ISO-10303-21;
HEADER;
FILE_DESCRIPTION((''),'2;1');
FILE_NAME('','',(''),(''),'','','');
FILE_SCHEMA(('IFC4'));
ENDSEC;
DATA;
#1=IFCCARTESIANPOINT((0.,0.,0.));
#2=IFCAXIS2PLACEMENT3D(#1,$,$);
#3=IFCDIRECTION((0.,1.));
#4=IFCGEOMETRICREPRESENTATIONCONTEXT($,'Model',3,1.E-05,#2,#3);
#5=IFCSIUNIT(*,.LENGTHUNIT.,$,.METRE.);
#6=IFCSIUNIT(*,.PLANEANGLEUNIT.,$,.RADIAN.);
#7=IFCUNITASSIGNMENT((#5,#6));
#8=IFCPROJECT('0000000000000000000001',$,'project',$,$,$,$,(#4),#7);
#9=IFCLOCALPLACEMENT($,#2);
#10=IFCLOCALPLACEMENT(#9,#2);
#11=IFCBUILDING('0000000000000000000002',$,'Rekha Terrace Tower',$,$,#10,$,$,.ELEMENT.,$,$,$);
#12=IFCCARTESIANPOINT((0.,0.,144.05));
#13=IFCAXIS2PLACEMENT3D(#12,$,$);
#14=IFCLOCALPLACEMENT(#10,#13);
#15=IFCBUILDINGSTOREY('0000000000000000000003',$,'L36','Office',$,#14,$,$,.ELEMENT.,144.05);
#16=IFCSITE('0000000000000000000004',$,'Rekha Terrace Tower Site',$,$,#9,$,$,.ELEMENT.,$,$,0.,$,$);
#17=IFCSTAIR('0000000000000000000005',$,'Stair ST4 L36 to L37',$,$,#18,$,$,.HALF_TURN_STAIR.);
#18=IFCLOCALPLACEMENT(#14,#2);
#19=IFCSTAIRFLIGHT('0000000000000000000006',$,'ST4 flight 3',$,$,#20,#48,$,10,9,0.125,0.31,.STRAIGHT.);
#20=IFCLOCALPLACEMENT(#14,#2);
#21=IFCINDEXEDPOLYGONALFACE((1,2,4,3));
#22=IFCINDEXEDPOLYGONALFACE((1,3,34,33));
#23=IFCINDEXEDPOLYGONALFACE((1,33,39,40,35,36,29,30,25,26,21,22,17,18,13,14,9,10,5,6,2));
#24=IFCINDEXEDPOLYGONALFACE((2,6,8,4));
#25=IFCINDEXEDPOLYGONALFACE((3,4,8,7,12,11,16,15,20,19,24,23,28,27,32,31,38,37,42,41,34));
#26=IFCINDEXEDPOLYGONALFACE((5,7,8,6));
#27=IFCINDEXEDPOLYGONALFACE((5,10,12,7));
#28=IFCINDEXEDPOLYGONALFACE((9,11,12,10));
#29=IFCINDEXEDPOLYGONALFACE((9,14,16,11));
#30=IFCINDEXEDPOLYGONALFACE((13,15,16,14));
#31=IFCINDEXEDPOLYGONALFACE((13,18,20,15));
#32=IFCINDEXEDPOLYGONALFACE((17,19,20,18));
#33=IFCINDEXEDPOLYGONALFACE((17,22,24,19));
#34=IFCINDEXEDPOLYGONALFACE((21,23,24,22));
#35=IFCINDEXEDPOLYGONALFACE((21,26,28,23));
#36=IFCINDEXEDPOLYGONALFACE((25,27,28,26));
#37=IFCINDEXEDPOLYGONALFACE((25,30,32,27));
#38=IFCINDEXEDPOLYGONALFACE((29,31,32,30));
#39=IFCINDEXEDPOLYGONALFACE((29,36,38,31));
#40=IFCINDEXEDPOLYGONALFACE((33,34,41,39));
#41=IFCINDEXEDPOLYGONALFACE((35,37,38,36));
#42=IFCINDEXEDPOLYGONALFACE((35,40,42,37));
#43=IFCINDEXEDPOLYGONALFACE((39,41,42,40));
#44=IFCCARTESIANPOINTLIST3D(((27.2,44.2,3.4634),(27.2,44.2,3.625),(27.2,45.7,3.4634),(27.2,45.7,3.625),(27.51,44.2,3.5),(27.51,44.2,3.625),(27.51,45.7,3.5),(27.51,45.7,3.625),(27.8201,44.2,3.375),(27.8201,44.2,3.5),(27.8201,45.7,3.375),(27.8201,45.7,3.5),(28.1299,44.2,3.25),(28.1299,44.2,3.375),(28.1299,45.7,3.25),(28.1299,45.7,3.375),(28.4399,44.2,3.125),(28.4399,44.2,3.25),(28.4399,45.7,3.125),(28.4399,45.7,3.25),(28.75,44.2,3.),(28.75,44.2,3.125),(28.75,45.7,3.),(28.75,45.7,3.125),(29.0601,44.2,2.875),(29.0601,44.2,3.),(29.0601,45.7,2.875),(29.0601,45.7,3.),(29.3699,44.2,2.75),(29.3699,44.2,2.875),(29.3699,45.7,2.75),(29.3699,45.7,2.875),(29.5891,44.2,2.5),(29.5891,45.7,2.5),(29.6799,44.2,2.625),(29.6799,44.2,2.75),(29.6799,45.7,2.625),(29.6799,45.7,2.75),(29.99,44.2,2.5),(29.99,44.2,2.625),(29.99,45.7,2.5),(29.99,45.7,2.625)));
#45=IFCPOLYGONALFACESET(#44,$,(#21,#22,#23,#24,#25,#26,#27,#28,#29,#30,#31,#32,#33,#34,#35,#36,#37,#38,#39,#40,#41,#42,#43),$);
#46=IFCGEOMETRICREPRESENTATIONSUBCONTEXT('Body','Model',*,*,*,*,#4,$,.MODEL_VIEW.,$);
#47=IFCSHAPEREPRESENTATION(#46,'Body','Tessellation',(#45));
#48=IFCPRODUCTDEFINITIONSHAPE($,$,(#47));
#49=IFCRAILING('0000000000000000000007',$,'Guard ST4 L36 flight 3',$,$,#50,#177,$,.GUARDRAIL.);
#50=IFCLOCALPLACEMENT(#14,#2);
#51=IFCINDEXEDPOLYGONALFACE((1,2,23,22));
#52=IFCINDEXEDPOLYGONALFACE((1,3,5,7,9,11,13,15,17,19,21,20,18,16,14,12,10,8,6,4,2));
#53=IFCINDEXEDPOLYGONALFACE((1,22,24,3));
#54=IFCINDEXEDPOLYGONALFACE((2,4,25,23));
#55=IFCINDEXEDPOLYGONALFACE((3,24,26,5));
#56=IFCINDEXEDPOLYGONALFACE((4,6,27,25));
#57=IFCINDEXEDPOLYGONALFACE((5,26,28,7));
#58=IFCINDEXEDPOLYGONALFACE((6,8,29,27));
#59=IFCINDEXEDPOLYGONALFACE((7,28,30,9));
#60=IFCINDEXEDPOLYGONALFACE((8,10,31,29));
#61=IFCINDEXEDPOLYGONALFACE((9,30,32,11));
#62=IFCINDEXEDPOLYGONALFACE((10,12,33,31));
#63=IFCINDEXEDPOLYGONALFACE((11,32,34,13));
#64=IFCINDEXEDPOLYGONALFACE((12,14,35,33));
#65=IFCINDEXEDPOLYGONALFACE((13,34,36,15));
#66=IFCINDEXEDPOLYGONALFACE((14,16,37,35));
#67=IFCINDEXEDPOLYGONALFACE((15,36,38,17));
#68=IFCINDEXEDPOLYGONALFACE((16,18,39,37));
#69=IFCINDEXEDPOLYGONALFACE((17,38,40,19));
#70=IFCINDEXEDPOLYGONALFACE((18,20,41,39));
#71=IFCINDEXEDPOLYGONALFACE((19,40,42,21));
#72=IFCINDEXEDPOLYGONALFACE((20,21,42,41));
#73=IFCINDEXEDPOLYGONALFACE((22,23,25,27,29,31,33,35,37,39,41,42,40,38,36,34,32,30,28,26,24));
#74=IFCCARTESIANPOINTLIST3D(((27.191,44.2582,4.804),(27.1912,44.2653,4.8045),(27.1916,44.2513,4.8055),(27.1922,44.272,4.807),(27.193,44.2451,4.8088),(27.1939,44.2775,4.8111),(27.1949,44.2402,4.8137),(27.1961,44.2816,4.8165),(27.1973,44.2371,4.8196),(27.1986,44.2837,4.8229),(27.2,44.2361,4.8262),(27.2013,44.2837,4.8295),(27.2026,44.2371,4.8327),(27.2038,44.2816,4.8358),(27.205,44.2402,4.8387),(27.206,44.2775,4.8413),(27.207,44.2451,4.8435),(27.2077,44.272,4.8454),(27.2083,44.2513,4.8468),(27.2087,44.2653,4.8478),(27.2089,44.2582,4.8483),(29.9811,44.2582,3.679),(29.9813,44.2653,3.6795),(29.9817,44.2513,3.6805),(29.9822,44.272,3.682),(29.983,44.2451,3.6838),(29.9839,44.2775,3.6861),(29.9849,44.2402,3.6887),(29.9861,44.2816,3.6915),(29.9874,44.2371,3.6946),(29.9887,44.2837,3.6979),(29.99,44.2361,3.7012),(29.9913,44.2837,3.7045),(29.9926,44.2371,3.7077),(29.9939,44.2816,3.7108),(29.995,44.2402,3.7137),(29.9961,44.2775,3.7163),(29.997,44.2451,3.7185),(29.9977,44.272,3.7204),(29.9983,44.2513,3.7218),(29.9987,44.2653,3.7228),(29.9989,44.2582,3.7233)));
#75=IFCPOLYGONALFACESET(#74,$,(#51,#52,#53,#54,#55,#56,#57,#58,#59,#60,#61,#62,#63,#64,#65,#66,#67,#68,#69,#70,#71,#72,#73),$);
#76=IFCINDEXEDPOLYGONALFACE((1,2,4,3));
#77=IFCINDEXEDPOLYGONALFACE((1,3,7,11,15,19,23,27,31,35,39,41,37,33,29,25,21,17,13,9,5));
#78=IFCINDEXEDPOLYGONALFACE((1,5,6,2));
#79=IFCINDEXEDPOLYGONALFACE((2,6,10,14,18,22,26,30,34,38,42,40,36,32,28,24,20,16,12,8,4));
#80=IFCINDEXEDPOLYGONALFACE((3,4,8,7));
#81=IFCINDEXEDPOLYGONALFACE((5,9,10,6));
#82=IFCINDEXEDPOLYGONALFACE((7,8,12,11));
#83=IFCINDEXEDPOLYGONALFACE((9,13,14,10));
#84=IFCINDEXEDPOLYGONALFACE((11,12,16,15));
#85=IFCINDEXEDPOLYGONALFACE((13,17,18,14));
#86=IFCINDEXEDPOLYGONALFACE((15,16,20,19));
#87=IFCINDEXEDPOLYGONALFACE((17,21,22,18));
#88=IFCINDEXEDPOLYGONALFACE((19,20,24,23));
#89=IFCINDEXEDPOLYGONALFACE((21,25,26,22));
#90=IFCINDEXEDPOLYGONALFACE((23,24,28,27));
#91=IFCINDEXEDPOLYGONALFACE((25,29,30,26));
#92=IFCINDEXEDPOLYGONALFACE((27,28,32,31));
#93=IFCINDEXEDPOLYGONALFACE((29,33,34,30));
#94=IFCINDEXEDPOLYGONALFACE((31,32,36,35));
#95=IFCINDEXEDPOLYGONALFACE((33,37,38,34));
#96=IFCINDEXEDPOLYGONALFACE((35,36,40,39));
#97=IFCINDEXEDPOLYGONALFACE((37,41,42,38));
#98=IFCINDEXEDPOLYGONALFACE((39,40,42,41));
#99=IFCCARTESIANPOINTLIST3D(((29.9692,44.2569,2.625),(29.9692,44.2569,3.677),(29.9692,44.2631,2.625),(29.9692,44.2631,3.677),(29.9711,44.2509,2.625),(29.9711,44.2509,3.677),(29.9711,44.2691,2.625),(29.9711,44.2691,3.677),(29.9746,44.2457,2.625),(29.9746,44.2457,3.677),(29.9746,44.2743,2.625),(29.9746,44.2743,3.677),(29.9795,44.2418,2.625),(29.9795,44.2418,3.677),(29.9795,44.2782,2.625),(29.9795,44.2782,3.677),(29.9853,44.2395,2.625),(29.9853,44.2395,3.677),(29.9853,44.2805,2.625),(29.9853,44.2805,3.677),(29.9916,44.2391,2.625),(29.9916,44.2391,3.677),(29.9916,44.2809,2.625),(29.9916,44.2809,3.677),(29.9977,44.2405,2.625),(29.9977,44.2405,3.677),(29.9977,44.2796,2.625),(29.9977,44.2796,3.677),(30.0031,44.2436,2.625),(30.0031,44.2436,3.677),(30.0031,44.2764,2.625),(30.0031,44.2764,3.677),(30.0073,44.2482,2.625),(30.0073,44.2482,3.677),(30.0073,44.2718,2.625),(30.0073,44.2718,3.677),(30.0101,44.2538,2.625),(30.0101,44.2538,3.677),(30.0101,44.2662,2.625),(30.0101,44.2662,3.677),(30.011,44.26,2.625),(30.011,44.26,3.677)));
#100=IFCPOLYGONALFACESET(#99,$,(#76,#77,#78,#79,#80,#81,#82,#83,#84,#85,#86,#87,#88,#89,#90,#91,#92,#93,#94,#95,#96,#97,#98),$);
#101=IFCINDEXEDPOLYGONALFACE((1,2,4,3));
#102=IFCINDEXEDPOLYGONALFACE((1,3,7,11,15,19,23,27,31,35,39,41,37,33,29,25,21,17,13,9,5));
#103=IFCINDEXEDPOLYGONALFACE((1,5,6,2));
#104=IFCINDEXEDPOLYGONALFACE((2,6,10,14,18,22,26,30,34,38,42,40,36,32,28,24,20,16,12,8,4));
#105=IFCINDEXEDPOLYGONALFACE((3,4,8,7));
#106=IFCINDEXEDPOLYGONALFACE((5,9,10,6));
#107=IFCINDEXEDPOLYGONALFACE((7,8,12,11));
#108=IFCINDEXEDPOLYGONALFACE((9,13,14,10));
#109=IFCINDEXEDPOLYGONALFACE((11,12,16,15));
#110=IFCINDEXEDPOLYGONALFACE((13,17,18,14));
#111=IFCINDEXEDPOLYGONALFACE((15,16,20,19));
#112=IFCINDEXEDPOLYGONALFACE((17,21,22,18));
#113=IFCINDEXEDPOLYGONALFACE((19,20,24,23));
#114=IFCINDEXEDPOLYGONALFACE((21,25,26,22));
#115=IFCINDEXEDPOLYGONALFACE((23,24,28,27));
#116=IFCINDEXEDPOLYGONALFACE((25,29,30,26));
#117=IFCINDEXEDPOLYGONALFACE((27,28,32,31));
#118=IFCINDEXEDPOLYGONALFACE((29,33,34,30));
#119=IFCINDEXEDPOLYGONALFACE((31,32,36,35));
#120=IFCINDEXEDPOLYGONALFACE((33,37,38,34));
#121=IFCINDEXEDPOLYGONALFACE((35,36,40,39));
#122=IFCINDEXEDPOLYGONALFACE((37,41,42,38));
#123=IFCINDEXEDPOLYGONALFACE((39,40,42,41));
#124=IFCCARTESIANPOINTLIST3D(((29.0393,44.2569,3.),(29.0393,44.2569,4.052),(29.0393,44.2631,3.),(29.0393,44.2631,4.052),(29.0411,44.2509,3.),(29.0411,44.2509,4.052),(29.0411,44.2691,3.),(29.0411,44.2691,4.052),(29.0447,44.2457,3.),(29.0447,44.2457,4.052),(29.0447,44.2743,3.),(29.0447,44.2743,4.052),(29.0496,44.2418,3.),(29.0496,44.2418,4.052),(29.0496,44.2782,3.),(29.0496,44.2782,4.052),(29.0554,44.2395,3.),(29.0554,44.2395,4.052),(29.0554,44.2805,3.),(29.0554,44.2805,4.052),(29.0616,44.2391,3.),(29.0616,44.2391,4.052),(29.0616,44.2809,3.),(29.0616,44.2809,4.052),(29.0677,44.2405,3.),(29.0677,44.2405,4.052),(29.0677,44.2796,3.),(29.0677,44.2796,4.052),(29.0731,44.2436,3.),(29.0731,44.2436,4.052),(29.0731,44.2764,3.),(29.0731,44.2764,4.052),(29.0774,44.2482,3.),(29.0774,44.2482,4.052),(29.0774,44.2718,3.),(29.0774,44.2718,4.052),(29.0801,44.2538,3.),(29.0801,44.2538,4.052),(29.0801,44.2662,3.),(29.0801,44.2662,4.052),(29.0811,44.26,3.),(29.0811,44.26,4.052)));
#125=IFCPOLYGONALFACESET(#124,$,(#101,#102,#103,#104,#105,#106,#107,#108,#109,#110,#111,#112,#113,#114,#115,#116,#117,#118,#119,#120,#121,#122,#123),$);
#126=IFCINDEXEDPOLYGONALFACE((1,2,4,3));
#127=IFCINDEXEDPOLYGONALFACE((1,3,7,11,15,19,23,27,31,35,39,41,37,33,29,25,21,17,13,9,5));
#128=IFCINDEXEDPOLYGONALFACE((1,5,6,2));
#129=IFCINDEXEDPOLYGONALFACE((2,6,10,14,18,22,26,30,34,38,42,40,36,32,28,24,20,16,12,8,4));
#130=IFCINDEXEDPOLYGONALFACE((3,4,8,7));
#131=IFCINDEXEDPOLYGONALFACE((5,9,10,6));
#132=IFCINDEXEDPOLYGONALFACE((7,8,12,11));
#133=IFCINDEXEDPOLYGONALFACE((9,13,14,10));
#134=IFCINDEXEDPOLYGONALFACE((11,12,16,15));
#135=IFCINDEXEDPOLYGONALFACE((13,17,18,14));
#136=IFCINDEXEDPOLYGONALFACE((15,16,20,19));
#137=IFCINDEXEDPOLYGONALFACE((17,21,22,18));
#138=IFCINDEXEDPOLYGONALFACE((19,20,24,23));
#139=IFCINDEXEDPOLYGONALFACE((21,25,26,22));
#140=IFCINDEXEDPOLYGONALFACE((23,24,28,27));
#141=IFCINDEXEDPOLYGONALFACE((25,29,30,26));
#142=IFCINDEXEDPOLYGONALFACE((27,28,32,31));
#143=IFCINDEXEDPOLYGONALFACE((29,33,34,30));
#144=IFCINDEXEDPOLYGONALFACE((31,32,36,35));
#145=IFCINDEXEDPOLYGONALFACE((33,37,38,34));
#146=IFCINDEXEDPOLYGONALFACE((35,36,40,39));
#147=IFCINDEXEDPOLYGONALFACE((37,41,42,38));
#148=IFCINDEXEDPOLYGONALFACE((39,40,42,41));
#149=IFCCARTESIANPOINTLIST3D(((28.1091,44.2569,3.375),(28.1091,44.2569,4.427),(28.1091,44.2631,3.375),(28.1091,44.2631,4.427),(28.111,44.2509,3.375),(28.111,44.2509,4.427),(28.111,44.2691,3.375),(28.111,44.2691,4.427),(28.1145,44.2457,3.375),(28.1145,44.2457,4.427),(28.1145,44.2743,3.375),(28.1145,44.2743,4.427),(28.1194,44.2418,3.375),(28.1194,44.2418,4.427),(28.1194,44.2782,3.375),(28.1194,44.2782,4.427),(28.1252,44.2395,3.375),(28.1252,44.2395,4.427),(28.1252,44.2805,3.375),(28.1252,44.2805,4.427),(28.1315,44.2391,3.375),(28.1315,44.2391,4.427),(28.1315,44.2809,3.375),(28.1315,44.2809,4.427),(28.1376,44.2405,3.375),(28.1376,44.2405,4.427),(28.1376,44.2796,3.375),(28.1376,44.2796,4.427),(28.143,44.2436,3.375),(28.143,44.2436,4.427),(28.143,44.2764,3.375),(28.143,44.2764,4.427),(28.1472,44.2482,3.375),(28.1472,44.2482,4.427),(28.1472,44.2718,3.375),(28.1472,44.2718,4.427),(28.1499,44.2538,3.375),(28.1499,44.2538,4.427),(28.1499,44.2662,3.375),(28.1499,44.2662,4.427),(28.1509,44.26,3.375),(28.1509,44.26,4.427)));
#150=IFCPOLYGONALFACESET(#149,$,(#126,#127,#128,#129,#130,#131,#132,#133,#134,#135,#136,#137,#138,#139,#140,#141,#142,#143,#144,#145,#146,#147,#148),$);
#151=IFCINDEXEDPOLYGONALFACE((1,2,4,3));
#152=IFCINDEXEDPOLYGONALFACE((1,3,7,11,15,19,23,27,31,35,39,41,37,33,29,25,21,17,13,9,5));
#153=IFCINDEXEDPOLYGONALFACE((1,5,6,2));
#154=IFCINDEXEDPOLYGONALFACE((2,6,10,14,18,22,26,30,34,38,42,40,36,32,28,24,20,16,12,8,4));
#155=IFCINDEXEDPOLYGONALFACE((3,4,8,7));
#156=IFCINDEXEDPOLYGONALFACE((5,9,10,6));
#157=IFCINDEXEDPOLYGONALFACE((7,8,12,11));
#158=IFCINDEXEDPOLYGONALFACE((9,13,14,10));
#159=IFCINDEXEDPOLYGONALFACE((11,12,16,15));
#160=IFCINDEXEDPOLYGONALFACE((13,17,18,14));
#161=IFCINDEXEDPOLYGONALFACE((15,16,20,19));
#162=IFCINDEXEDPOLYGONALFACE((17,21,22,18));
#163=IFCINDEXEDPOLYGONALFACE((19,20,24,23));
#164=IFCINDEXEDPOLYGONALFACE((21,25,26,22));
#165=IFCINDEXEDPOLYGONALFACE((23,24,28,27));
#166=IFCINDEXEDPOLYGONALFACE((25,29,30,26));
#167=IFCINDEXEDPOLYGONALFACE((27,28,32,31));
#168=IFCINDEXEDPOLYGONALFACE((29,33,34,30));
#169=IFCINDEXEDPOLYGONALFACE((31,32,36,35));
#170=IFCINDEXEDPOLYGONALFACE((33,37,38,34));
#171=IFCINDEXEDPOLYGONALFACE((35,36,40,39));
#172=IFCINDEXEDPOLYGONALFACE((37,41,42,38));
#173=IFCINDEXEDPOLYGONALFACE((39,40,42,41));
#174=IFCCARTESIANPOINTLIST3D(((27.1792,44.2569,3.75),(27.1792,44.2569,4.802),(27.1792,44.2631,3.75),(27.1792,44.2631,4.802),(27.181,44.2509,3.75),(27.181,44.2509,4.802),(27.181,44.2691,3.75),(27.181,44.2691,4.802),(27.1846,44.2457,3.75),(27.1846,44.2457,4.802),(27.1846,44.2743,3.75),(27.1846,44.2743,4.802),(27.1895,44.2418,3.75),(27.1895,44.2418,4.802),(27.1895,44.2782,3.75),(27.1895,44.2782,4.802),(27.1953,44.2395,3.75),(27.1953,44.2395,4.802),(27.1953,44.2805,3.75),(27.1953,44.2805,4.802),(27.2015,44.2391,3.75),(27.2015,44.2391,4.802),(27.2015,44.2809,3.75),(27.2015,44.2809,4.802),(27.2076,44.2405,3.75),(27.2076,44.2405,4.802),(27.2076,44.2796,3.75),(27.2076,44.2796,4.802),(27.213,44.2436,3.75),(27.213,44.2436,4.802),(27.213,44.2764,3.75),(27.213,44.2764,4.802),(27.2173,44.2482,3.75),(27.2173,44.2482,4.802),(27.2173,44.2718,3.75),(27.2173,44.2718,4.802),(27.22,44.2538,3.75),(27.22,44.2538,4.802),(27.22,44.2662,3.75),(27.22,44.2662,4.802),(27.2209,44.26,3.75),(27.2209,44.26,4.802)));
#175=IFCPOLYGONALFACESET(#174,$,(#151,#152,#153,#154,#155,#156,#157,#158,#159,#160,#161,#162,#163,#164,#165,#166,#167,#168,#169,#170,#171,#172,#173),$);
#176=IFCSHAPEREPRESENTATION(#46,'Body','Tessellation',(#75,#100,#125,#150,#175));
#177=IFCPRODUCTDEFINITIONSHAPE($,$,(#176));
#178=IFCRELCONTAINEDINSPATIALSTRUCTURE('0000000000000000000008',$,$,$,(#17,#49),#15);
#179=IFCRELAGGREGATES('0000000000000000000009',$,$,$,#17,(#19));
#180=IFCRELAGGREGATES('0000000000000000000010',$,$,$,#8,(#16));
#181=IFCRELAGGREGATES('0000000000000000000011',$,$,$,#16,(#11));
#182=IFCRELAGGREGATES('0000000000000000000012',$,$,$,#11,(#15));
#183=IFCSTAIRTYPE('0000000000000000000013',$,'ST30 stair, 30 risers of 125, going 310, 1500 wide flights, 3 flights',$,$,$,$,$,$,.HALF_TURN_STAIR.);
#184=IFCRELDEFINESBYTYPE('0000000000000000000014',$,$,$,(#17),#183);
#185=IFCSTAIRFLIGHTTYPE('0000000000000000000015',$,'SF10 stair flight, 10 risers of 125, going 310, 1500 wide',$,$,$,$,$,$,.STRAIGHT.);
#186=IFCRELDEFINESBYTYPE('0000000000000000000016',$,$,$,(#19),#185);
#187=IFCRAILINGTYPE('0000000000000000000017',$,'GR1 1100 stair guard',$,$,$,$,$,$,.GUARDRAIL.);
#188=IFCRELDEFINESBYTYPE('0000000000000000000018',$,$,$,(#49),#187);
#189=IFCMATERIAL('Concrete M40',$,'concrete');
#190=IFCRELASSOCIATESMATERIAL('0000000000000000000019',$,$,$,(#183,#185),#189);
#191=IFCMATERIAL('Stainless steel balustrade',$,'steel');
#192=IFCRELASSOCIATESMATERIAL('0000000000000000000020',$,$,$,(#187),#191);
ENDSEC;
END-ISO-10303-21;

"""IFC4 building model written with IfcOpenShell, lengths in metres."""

from ifc_helpers import new_model, si_unit, direction, frame, origin, origin_2d, place, context, subcontext, project, spatial, polyline, circle, outline, extrude, material, type_object, element, aggregate, save


model = new_model("IFC4")

# Units and contexts
model_context = context("Model", 3, precision=1e-05, world=origin(), true_north=direction((0.0, 1.0)))
body_context = subcontext(model_context, "Body", "Model", "MODEL_VIEW")
ifc_project = project(units=[si_unit("LENGTHUNIT", "METRE"), si_unit("PLANEANGLEUNIT", "RADIAN")], contexts=[model_context])

# Site, building, storey
site_placement = place(None, origin())
site = spatial("IfcSite", under=ifc_project, at=site_placement, Name="Rekha Terrace Tower Site", CompositionType="ELEMENT", RefElevation=0.0)
building_placement = place(site_placement, origin())
building = spatial("IfcBuilding", under=site, at=building_placement, Name="Rekha Terrace Tower", CompositionType="ELEMENT")
storey_placement = place(building_placement, frame((0.0, 0.0, 144.05)))
storey = spatial("IfcBuildingStorey", under=building, at=storey_placement, Name="L36", Description="Office", CompositionType="ELEMENT", Elevation=144.05)

# Stair, stair flight
ifc_material_1 = material(Name="Concrete M40", Category="concrete")
stair_type = type_object("IfcStairType", Name="ST30 stair, 30 risers of 125, going 310, 1500 wide flights, 3 flights", PredefinedType="HALF_TURN_STAIR", material=ifc_material_1)
stair_placement = place(storey_placement, origin())
stair = element("IfcStair", 1, at=stair_placement, inside=storey, type_object=stair_type, Name="Stair ST4 L36 to L37", PredefinedType="HALF_TURN_STAIR")
stair_flight_type = type_object("IfcStairFlightType", Name="SF10 stair flight, 10 risers of 125, going 310, 1500 wide", PredefinedType="STRAIGHT", material=ifc_material_1)
stair_flight_placement = place(storey_placement, frame((29.99, 44.95, 2.5), z_axis=(0.0, 0.0, 1.0), x_axis=(-1.0, 0.0, 0.0)))
stair_flight = element("IfcStairFlight", 2, at=stair_flight_placement, type_object=stair_flight_type, Name="ST4 flight 3", NumberOfRisers=10, NumberOfTreads=9, PredefinedType="STRAIGHT", RiserHeight=0.125, TreadLength=0.31, context=body_context, shape_type="SweptSolid", body=[
    extrude(outline(polyline([(0.0, 0.0), (0.0, 0.125), (0.3101, 0.125), (0.3101, 0.25), (0.6201, 0.25), (0.6201, 0.375), (0.9299, 0.375), (0.9299, 0.5), (1.24, 0.5), (1.24, 0.625), (1.55, 0.625), (1.55, 0.75), (1.8601, 0.75), (1.8601, 0.875), (2.1699, 0.875), (2.1699, 1.0), (2.48, 1.0), (2.48, 1.125), (2.79, 1.125), (2.79, 1.25), (2.79, 0.9634), (0.4009, 0.0), (0.0, 0.0)])), frame((0.0, 0.75, 0.0), z_axis=(0.0, -1.0, 0.0), x_axis=(1.0, 0.0, 0.0)), (0.0, 0.0, 1.0), 1.5),
])
aggregate(stair, [stair_flight])

# Railing
ifc_material_2 = material(Name="Stainless steel balustrade", Category="steel")
railing_type_1 = type_object("IfcRailingType", Name="GR1 1100 stair guard", PredefinedType="GUARDRAIL", material=ifc_material_2)
railing_1_placement = place(storey_placement, frame((29.99, 44.26, 2.625)))
element("IfcRailing", 3, at=railing_1_placement, inside=storey, type_object=railing_type_1, Name="Guard ST4 L36 flight 3", PredefinedType="GUARDRAIL", context=body_context, shape_type="SweptSolid", body=[
    extrude(circle(Radius=0.0239, at=origin_2d()), frame((0.0, 0.0, 1.0762), z_axis=(-0.927443, 0.0, 0.373964), x_axis=(0.0, -1.0, 0.0)), (0.0, 0.0, 1.0), 3.0083),
    extrude(circle(Radius=0.021, at=origin_2d()), origin(), (0.0, 0.0, 1.0), 1.052),
    extrude(circle(Radius=0.021, at=origin_2d()), frame((-0.9299, 0.0, 0.375)), (0.0, 0.0, 1.0), 1.052),
    extrude(circle(Radius=0.021, at=origin_2d()), frame((-1.8601, 0.0, 0.75)), (0.0, 0.0, 1.0), 1.052),
    extrude(circle(Radius=0.021, at=origin_2d()), frame((-2.79, 0.0, 1.125)), (0.0, 0.0, 1.0), 1.052),
])

save(model, "model.ifc")
